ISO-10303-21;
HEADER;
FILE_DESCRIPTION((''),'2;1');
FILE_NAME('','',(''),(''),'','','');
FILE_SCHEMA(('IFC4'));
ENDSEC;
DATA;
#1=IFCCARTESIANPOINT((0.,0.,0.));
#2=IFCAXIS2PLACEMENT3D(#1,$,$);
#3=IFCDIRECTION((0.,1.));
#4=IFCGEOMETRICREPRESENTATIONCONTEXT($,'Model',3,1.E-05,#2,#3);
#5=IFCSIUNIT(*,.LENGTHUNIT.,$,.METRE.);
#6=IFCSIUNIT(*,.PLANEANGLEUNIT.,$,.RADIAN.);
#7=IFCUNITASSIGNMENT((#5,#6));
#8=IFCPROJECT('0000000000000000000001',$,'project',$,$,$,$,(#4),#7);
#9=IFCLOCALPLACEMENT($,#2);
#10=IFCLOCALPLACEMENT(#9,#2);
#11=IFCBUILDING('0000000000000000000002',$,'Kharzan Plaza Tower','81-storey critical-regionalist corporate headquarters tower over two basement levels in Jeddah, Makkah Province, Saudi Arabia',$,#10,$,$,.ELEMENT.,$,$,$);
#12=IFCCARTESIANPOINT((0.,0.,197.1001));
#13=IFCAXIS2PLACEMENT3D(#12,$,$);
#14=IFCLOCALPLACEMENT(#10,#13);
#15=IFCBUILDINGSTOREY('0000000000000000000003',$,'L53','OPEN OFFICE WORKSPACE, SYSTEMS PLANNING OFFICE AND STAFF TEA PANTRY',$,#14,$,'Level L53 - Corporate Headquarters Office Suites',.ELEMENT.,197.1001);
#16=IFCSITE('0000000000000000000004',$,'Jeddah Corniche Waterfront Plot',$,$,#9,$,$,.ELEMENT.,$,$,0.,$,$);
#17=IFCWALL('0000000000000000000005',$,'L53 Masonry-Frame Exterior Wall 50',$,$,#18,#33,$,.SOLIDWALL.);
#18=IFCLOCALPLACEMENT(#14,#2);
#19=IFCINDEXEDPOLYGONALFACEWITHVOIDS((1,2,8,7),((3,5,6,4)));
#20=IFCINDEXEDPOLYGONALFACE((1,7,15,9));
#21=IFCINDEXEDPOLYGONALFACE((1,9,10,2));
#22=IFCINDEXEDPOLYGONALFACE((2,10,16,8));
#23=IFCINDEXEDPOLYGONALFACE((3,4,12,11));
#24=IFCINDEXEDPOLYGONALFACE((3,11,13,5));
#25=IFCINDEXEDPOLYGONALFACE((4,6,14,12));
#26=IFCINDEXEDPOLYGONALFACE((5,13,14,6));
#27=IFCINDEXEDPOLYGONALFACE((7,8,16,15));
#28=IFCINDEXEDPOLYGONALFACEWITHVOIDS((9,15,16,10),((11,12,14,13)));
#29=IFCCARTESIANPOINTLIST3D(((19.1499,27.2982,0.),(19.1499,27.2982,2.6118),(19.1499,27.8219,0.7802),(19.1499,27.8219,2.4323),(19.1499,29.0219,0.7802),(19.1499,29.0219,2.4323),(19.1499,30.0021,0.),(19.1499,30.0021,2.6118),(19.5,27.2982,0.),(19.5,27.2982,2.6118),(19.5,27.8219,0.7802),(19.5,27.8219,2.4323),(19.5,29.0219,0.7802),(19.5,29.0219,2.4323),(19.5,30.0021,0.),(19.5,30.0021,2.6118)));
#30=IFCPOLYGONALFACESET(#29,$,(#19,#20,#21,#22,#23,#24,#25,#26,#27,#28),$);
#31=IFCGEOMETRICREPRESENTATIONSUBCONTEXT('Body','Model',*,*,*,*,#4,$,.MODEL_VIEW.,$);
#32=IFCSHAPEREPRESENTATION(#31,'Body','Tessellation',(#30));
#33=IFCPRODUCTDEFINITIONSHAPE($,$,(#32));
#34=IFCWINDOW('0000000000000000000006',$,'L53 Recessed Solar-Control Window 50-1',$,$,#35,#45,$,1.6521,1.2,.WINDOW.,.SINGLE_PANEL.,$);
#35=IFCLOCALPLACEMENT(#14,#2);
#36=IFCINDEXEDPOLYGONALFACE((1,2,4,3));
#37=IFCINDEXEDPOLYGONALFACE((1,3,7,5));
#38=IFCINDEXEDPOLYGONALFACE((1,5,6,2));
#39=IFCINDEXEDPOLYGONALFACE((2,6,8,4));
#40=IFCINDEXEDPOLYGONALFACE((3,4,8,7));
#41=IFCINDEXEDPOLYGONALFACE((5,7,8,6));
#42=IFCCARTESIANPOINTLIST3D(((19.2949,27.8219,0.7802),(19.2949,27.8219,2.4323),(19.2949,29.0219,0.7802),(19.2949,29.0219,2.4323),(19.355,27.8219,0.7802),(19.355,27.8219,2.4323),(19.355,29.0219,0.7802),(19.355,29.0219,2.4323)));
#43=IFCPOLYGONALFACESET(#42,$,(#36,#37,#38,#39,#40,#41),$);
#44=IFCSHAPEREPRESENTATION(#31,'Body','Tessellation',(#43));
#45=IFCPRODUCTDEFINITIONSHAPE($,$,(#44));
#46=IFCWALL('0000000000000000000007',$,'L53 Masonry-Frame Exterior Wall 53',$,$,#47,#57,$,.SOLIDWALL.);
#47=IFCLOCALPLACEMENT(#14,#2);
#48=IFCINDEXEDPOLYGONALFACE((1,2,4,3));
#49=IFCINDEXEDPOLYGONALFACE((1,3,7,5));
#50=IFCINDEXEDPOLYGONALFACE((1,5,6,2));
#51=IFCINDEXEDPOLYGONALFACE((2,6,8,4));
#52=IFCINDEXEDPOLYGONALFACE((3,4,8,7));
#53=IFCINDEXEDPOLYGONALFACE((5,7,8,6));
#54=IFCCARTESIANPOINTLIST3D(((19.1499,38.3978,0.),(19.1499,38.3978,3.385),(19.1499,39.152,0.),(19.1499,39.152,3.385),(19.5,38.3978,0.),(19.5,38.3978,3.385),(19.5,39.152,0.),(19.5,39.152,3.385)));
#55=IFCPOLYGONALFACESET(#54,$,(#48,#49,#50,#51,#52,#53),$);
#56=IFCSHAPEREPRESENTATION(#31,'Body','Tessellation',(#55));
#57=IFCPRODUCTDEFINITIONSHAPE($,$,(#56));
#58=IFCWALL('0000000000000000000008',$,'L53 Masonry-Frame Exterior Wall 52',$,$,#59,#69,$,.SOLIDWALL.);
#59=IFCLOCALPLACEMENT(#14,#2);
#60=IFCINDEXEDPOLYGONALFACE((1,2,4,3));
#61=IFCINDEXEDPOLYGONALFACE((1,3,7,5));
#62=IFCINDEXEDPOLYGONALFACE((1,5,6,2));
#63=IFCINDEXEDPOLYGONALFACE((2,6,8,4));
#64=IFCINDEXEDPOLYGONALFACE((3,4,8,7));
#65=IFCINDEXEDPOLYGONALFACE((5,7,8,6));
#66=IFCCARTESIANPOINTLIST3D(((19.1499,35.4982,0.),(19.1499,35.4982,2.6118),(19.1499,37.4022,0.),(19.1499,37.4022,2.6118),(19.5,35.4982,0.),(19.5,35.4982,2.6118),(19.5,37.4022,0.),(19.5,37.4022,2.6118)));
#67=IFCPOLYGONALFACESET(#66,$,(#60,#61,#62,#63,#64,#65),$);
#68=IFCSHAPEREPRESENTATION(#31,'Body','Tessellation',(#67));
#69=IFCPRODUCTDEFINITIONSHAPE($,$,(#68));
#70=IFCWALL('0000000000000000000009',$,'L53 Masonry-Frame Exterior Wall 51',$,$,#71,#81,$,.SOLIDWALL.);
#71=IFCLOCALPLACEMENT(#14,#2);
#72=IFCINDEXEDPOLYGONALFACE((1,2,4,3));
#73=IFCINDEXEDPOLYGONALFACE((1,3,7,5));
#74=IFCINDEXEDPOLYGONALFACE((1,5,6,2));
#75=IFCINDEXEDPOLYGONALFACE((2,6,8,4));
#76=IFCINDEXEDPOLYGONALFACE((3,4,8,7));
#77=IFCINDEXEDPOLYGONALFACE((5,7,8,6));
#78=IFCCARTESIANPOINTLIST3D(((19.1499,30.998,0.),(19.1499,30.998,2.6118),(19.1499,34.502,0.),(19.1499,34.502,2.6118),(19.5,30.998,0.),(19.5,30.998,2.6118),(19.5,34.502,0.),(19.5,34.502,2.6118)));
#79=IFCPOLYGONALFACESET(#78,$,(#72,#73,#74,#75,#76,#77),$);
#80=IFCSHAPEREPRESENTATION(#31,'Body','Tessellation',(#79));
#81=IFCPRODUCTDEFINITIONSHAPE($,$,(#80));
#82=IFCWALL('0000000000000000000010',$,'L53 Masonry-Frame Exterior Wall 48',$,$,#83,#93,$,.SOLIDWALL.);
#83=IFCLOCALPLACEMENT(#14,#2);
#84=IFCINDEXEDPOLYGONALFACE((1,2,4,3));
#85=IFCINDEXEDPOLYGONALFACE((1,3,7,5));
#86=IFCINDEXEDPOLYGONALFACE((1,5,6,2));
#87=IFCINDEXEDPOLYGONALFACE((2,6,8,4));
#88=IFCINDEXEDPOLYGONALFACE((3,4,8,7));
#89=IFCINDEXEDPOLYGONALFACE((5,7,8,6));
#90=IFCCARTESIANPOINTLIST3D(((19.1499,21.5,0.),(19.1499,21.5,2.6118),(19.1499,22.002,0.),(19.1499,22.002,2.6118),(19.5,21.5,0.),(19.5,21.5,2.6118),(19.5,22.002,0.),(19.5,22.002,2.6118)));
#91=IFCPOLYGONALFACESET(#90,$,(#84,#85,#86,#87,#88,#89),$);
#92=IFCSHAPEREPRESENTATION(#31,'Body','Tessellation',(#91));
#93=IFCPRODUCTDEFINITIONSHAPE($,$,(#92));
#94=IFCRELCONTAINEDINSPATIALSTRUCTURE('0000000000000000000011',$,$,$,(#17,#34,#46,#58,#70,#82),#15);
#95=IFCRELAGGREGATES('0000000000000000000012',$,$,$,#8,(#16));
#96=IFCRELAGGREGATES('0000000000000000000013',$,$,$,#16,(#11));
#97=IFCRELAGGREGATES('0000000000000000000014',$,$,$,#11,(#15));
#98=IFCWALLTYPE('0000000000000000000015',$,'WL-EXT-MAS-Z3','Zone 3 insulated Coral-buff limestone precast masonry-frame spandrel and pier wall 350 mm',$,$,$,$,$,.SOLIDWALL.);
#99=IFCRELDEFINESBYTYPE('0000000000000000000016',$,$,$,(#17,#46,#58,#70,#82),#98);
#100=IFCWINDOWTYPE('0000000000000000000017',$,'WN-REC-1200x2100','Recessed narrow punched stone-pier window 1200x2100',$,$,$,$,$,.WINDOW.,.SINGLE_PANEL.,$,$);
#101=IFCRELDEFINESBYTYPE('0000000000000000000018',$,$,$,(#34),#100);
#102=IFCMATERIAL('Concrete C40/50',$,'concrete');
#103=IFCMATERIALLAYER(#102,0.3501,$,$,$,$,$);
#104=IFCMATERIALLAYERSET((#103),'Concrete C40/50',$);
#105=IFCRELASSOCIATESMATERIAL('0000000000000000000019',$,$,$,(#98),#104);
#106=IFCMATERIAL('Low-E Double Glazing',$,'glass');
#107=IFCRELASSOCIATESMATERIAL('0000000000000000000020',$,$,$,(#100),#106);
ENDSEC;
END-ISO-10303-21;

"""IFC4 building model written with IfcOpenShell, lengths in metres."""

from ifc_helpers import new_model, si_unit, direction, frame, frame_2d, origin, place, context, subcontext, project, spatial, rectangle, extrude, source, transform, mapped, material, layer, layer_set, type_object, element, fill, save


model = new_model("IFC4")

# Units and contexts
model_context = context("Model", 3, precision=1e-05, world=origin(), true_north=direction((0.0, 1.0)))
body_context = subcontext(model_context, "Body", "Model", "MODEL_VIEW")
ifc_project = project(units=[si_unit("LENGTHUNIT", "METRE"), si_unit("PLANEANGLEUNIT", "RADIAN")], contexts=[model_context])

# Site, building, storey
site_placement = place(None, origin())
site = spatial("IfcSite", under=ifc_project, at=site_placement, Name="Jeddah Corniche Waterfront Plot", CompositionType="ELEMENT", RefElevation=0.0)
building_placement = place(site_placement, origin())
building = spatial("IfcBuilding", under=site, at=building_placement, Name="Kharzan Plaza Tower", Description="81-storey critical-regionalist corporate headquarters tower over two basement levels in Jeddah, Makkah Province, Saudi Arabia", CompositionType="ELEMENT")
storey_placement = place(building_placement, frame((0.0, 0.0, 197.1001)))
storey = spatial("IfcBuildingStorey", under=building, at=storey_placement, Name="L53", Description="OPEN OFFICE WORKSPACE, SYSTEMS PLANNING OFFICE AND STAFF TEA PANTRY", LongName="Level L53 - Corporate Headquarters Office Suites", CompositionType="ELEMENT", Elevation=197.1001)

# Wall, opening, window
ifc_material_1 = material(Name="Concrete C40/50", Category="concrete")
ifc_layer_1 = layer(ifc_material_1, 0.3501)
ifc_layer_set_1 = layer_set([ifc_layer_1], Name="Concrete C40/50")
wall_type = type_object("IfcWallType", Name="WL-EXT-MAS-Z3", Description="Zone 3 insulated Coral-buff limestone precast masonry-frame spandrel and pier wall 350 mm", PredefinedType="SOLIDWALL", material=ifc_layer_set_1)
ifc_material_2 = material(Name="Low-E Double Glazing", Category="glass")
wall_1_placement = place(storey_placement, frame((19.325, 27.2981, 0.0), z_axis=(0.0, 0.0, 1.0), x_axis=(0.0, 1.0, 0.0)))
wall_1 = element("IfcWall", 1, at=wall_1_placement, inside=storey, type_object=wall_type, Name="L53 Masonry-Frame Exterior Wall 50", PredefinedType="SOLIDWALL", context=body_context, shape_type="SweptSolid", body=[
    extrude(rectangle(XDim=2.7039, YDim=0.3501, at=frame_2d((1.3521, 0.0))), origin(), (0.0, 0.0, 1.0), 2.6118),
])
opening_1_placement = place(wall_1_placement, frame((0.5237, 0.0, 0.78)))
opening_1 = element("IfcOpeningElement", 2, at=opening_1_placement, cuts=wall_1, PredefinedType="OPENING", context=body_context, shape_type="SweptSolid", body=[
    extrude(rectangle(XDim=1.2, YDim=1.6521, at=frame_2d((0.6001, 0.8262))), frame((0.0, 0.1851, 0.0), z_axis=(0.0, -1.0, 0.0), x_axis=(1.0, 0.0, 0.0)), (0.0, 0.0, 1.0), 0.3701),
])
window_type_1 = type_object("IfcWindowType", Name="WN-REC-1200x2100", Description="Recessed narrow punched stone-pier window 1200x2100", PartitioningType="SINGLE_PANEL", PredefinedType="WINDOW", material=ifc_material_2)
shared_shape_1 = source(origin(), body_context, "Body", "SweptSolid", [
    extrude(rectangle(XDim=1.2, YDim=1.6521, at=frame_2d((0.6001, 0.8262))), frame((0.0, 0.03, 0.0), z_axis=(0.0, -1.0, 0.0), x_axis=(1.0, 0.0, 0.0)), (0.0, 0.0, 1.0), 0.0601),
])
window_1_placement = place(opening_1_placement, origin())
window_1 = element("IfcWindow", 3, at=window_1_placement, inside=storey, type_object=window_type_1, Name="L53 Recessed Solar-Control Window 50-1", OverallHeight=1.6521, OverallWidth=1.2, PartitioningType="SINGLE_PANEL", PredefinedType="WINDOW", context=body_context, shape_type="MappedRepresentation", body=[
    mapped(shared_shape_1, transform((0.0, 0.0, 0.0), x_axis=(1.0, 0.0, 0.0), y_axis=(0.0, 1.0, 0.0), z_axis=(0.0, 0.0, 1.0))),
])
fill(opening_1, window_1)

# Walls
shared_shape_2 = source(origin(), body_context, "Body", "SweptSolid", [
    extrude(rectangle(XDim=0.7542, YDim=0.3501, at=frame_2d((0.377, 0.0))), origin(), (0.0, 0.0, 1.0), 3.385),
])
wall_2_placement = place(storey_placement, frame((19.325, 38.3979, 0.0), z_axis=(0.0, 0.0, 1.0), x_axis=(0.0, 1.0, 0.0)))
element("IfcWall", 4, at=wall_2_placement, inside=storey, type_object=wall_type, Name="L53 Masonry-Frame Exterior Wall 53", PredefinedType="SOLIDWALL", context=body_context, shape_type="MappedRepresentation", body=[
    mapped(shared_shape_2, transform((0.0, 0.0, 0.0), x_axis=(1.0, 0.0, 0.0), y_axis=(0.0, 1.0, 0.0), z_axis=(0.0, 0.0, 1.0))),
])
shared_shape_3 = source(origin(), body_context, "Body", "SweptSolid", [
    extrude(rectangle(XDim=1.9041, YDim=0.3501, at=frame_2d((0.9521, 0.0))), origin(), (0.0, 0.0, 1.0), 2.6118),
])
wall_3_placement = place(storey_placement, frame((19.325, 35.498, 0.0), z_axis=(0.0, 0.0, 1.0), x_axis=(0.0, 1.0, 0.0)))
element("IfcWall", 5, at=wall_3_placement, inside=storey, type_object=wall_type, Name="L53 Masonry-Frame Exterior Wall 52", PredefinedType="SOLIDWALL", context=body_context, shape_type="MappedRepresentation", body=[
    mapped(shared_shape_3, transform((0.0, 0.0, 0.0), x_axis=(1.0, 0.0, 0.0), y_axis=(0.0, 1.0, 0.0), z_axis=(0.0, 0.0, 1.0))),
])
shared_shape_4 = source(origin(), body_context, "Body", "SweptSolid", [
    extrude(rectangle(XDim=3.5039, YDim=0.3501, at=frame_2d((1.752, 0.0))), origin(), (0.0, 0.0, 1.0), 2.6118),
])
wall_4_placement = place(storey_placement, frame((19.325, 30.998, 0.0), z_axis=(0.0, 0.0, 1.0), x_axis=(0.0, 1.0, 0.0)))
element("IfcWall", 6, at=wall_4_placement, inside=storey, type_object=wall_type, Name="L53 Masonry-Frame Exterior Wall 51", PredefinedType="SOLIDWALL", context=body_context, shape_type="MappedRepresentation", body=[
    mapped(shared_shape_4, transform((0.0, 0.0, 0.0), x_axis=(1.0, 0.0, 0.0), y_axis=(0.0, 1.0, 0.0), z_axis=(0.0, 0.0, 1.0))),
])
shared_shape_5 = source(origin(), body_context, "Body", "SweptSolid", [
    extrude(rectangle(XDim=0.502, YDim=0.3501, at=frame_2d((0.251, 0.0))), origin(), (0.0, 0.0, 1.0), 2.6118),
])
wall_5_placement = place(storey_placement, frame((19.325, 21.5, 0.0), z_axis=(0.0, 0.0, 1.0), x_axis=(0.0, 1.0, 0.0)))
element("IfcWall", 7, at=wall_5_placement, inside=storey, type_object=wall_type, Name="L53 Masonry-Frame Exterior Wall 48", PredefinedType="SOLIDWALL", context=body_context, shape_type="MappedRepresentation", body=[
    mapped(shared_shape_5, transform((0.0, 0.0, 0.0), x_axis=(1.0, 0.0, 0.0), y_axis=(0.0, 1.0, 0.0), z_axis=(0.0, 0.0, 1.0))),
])

save(model, "model.ifc")
